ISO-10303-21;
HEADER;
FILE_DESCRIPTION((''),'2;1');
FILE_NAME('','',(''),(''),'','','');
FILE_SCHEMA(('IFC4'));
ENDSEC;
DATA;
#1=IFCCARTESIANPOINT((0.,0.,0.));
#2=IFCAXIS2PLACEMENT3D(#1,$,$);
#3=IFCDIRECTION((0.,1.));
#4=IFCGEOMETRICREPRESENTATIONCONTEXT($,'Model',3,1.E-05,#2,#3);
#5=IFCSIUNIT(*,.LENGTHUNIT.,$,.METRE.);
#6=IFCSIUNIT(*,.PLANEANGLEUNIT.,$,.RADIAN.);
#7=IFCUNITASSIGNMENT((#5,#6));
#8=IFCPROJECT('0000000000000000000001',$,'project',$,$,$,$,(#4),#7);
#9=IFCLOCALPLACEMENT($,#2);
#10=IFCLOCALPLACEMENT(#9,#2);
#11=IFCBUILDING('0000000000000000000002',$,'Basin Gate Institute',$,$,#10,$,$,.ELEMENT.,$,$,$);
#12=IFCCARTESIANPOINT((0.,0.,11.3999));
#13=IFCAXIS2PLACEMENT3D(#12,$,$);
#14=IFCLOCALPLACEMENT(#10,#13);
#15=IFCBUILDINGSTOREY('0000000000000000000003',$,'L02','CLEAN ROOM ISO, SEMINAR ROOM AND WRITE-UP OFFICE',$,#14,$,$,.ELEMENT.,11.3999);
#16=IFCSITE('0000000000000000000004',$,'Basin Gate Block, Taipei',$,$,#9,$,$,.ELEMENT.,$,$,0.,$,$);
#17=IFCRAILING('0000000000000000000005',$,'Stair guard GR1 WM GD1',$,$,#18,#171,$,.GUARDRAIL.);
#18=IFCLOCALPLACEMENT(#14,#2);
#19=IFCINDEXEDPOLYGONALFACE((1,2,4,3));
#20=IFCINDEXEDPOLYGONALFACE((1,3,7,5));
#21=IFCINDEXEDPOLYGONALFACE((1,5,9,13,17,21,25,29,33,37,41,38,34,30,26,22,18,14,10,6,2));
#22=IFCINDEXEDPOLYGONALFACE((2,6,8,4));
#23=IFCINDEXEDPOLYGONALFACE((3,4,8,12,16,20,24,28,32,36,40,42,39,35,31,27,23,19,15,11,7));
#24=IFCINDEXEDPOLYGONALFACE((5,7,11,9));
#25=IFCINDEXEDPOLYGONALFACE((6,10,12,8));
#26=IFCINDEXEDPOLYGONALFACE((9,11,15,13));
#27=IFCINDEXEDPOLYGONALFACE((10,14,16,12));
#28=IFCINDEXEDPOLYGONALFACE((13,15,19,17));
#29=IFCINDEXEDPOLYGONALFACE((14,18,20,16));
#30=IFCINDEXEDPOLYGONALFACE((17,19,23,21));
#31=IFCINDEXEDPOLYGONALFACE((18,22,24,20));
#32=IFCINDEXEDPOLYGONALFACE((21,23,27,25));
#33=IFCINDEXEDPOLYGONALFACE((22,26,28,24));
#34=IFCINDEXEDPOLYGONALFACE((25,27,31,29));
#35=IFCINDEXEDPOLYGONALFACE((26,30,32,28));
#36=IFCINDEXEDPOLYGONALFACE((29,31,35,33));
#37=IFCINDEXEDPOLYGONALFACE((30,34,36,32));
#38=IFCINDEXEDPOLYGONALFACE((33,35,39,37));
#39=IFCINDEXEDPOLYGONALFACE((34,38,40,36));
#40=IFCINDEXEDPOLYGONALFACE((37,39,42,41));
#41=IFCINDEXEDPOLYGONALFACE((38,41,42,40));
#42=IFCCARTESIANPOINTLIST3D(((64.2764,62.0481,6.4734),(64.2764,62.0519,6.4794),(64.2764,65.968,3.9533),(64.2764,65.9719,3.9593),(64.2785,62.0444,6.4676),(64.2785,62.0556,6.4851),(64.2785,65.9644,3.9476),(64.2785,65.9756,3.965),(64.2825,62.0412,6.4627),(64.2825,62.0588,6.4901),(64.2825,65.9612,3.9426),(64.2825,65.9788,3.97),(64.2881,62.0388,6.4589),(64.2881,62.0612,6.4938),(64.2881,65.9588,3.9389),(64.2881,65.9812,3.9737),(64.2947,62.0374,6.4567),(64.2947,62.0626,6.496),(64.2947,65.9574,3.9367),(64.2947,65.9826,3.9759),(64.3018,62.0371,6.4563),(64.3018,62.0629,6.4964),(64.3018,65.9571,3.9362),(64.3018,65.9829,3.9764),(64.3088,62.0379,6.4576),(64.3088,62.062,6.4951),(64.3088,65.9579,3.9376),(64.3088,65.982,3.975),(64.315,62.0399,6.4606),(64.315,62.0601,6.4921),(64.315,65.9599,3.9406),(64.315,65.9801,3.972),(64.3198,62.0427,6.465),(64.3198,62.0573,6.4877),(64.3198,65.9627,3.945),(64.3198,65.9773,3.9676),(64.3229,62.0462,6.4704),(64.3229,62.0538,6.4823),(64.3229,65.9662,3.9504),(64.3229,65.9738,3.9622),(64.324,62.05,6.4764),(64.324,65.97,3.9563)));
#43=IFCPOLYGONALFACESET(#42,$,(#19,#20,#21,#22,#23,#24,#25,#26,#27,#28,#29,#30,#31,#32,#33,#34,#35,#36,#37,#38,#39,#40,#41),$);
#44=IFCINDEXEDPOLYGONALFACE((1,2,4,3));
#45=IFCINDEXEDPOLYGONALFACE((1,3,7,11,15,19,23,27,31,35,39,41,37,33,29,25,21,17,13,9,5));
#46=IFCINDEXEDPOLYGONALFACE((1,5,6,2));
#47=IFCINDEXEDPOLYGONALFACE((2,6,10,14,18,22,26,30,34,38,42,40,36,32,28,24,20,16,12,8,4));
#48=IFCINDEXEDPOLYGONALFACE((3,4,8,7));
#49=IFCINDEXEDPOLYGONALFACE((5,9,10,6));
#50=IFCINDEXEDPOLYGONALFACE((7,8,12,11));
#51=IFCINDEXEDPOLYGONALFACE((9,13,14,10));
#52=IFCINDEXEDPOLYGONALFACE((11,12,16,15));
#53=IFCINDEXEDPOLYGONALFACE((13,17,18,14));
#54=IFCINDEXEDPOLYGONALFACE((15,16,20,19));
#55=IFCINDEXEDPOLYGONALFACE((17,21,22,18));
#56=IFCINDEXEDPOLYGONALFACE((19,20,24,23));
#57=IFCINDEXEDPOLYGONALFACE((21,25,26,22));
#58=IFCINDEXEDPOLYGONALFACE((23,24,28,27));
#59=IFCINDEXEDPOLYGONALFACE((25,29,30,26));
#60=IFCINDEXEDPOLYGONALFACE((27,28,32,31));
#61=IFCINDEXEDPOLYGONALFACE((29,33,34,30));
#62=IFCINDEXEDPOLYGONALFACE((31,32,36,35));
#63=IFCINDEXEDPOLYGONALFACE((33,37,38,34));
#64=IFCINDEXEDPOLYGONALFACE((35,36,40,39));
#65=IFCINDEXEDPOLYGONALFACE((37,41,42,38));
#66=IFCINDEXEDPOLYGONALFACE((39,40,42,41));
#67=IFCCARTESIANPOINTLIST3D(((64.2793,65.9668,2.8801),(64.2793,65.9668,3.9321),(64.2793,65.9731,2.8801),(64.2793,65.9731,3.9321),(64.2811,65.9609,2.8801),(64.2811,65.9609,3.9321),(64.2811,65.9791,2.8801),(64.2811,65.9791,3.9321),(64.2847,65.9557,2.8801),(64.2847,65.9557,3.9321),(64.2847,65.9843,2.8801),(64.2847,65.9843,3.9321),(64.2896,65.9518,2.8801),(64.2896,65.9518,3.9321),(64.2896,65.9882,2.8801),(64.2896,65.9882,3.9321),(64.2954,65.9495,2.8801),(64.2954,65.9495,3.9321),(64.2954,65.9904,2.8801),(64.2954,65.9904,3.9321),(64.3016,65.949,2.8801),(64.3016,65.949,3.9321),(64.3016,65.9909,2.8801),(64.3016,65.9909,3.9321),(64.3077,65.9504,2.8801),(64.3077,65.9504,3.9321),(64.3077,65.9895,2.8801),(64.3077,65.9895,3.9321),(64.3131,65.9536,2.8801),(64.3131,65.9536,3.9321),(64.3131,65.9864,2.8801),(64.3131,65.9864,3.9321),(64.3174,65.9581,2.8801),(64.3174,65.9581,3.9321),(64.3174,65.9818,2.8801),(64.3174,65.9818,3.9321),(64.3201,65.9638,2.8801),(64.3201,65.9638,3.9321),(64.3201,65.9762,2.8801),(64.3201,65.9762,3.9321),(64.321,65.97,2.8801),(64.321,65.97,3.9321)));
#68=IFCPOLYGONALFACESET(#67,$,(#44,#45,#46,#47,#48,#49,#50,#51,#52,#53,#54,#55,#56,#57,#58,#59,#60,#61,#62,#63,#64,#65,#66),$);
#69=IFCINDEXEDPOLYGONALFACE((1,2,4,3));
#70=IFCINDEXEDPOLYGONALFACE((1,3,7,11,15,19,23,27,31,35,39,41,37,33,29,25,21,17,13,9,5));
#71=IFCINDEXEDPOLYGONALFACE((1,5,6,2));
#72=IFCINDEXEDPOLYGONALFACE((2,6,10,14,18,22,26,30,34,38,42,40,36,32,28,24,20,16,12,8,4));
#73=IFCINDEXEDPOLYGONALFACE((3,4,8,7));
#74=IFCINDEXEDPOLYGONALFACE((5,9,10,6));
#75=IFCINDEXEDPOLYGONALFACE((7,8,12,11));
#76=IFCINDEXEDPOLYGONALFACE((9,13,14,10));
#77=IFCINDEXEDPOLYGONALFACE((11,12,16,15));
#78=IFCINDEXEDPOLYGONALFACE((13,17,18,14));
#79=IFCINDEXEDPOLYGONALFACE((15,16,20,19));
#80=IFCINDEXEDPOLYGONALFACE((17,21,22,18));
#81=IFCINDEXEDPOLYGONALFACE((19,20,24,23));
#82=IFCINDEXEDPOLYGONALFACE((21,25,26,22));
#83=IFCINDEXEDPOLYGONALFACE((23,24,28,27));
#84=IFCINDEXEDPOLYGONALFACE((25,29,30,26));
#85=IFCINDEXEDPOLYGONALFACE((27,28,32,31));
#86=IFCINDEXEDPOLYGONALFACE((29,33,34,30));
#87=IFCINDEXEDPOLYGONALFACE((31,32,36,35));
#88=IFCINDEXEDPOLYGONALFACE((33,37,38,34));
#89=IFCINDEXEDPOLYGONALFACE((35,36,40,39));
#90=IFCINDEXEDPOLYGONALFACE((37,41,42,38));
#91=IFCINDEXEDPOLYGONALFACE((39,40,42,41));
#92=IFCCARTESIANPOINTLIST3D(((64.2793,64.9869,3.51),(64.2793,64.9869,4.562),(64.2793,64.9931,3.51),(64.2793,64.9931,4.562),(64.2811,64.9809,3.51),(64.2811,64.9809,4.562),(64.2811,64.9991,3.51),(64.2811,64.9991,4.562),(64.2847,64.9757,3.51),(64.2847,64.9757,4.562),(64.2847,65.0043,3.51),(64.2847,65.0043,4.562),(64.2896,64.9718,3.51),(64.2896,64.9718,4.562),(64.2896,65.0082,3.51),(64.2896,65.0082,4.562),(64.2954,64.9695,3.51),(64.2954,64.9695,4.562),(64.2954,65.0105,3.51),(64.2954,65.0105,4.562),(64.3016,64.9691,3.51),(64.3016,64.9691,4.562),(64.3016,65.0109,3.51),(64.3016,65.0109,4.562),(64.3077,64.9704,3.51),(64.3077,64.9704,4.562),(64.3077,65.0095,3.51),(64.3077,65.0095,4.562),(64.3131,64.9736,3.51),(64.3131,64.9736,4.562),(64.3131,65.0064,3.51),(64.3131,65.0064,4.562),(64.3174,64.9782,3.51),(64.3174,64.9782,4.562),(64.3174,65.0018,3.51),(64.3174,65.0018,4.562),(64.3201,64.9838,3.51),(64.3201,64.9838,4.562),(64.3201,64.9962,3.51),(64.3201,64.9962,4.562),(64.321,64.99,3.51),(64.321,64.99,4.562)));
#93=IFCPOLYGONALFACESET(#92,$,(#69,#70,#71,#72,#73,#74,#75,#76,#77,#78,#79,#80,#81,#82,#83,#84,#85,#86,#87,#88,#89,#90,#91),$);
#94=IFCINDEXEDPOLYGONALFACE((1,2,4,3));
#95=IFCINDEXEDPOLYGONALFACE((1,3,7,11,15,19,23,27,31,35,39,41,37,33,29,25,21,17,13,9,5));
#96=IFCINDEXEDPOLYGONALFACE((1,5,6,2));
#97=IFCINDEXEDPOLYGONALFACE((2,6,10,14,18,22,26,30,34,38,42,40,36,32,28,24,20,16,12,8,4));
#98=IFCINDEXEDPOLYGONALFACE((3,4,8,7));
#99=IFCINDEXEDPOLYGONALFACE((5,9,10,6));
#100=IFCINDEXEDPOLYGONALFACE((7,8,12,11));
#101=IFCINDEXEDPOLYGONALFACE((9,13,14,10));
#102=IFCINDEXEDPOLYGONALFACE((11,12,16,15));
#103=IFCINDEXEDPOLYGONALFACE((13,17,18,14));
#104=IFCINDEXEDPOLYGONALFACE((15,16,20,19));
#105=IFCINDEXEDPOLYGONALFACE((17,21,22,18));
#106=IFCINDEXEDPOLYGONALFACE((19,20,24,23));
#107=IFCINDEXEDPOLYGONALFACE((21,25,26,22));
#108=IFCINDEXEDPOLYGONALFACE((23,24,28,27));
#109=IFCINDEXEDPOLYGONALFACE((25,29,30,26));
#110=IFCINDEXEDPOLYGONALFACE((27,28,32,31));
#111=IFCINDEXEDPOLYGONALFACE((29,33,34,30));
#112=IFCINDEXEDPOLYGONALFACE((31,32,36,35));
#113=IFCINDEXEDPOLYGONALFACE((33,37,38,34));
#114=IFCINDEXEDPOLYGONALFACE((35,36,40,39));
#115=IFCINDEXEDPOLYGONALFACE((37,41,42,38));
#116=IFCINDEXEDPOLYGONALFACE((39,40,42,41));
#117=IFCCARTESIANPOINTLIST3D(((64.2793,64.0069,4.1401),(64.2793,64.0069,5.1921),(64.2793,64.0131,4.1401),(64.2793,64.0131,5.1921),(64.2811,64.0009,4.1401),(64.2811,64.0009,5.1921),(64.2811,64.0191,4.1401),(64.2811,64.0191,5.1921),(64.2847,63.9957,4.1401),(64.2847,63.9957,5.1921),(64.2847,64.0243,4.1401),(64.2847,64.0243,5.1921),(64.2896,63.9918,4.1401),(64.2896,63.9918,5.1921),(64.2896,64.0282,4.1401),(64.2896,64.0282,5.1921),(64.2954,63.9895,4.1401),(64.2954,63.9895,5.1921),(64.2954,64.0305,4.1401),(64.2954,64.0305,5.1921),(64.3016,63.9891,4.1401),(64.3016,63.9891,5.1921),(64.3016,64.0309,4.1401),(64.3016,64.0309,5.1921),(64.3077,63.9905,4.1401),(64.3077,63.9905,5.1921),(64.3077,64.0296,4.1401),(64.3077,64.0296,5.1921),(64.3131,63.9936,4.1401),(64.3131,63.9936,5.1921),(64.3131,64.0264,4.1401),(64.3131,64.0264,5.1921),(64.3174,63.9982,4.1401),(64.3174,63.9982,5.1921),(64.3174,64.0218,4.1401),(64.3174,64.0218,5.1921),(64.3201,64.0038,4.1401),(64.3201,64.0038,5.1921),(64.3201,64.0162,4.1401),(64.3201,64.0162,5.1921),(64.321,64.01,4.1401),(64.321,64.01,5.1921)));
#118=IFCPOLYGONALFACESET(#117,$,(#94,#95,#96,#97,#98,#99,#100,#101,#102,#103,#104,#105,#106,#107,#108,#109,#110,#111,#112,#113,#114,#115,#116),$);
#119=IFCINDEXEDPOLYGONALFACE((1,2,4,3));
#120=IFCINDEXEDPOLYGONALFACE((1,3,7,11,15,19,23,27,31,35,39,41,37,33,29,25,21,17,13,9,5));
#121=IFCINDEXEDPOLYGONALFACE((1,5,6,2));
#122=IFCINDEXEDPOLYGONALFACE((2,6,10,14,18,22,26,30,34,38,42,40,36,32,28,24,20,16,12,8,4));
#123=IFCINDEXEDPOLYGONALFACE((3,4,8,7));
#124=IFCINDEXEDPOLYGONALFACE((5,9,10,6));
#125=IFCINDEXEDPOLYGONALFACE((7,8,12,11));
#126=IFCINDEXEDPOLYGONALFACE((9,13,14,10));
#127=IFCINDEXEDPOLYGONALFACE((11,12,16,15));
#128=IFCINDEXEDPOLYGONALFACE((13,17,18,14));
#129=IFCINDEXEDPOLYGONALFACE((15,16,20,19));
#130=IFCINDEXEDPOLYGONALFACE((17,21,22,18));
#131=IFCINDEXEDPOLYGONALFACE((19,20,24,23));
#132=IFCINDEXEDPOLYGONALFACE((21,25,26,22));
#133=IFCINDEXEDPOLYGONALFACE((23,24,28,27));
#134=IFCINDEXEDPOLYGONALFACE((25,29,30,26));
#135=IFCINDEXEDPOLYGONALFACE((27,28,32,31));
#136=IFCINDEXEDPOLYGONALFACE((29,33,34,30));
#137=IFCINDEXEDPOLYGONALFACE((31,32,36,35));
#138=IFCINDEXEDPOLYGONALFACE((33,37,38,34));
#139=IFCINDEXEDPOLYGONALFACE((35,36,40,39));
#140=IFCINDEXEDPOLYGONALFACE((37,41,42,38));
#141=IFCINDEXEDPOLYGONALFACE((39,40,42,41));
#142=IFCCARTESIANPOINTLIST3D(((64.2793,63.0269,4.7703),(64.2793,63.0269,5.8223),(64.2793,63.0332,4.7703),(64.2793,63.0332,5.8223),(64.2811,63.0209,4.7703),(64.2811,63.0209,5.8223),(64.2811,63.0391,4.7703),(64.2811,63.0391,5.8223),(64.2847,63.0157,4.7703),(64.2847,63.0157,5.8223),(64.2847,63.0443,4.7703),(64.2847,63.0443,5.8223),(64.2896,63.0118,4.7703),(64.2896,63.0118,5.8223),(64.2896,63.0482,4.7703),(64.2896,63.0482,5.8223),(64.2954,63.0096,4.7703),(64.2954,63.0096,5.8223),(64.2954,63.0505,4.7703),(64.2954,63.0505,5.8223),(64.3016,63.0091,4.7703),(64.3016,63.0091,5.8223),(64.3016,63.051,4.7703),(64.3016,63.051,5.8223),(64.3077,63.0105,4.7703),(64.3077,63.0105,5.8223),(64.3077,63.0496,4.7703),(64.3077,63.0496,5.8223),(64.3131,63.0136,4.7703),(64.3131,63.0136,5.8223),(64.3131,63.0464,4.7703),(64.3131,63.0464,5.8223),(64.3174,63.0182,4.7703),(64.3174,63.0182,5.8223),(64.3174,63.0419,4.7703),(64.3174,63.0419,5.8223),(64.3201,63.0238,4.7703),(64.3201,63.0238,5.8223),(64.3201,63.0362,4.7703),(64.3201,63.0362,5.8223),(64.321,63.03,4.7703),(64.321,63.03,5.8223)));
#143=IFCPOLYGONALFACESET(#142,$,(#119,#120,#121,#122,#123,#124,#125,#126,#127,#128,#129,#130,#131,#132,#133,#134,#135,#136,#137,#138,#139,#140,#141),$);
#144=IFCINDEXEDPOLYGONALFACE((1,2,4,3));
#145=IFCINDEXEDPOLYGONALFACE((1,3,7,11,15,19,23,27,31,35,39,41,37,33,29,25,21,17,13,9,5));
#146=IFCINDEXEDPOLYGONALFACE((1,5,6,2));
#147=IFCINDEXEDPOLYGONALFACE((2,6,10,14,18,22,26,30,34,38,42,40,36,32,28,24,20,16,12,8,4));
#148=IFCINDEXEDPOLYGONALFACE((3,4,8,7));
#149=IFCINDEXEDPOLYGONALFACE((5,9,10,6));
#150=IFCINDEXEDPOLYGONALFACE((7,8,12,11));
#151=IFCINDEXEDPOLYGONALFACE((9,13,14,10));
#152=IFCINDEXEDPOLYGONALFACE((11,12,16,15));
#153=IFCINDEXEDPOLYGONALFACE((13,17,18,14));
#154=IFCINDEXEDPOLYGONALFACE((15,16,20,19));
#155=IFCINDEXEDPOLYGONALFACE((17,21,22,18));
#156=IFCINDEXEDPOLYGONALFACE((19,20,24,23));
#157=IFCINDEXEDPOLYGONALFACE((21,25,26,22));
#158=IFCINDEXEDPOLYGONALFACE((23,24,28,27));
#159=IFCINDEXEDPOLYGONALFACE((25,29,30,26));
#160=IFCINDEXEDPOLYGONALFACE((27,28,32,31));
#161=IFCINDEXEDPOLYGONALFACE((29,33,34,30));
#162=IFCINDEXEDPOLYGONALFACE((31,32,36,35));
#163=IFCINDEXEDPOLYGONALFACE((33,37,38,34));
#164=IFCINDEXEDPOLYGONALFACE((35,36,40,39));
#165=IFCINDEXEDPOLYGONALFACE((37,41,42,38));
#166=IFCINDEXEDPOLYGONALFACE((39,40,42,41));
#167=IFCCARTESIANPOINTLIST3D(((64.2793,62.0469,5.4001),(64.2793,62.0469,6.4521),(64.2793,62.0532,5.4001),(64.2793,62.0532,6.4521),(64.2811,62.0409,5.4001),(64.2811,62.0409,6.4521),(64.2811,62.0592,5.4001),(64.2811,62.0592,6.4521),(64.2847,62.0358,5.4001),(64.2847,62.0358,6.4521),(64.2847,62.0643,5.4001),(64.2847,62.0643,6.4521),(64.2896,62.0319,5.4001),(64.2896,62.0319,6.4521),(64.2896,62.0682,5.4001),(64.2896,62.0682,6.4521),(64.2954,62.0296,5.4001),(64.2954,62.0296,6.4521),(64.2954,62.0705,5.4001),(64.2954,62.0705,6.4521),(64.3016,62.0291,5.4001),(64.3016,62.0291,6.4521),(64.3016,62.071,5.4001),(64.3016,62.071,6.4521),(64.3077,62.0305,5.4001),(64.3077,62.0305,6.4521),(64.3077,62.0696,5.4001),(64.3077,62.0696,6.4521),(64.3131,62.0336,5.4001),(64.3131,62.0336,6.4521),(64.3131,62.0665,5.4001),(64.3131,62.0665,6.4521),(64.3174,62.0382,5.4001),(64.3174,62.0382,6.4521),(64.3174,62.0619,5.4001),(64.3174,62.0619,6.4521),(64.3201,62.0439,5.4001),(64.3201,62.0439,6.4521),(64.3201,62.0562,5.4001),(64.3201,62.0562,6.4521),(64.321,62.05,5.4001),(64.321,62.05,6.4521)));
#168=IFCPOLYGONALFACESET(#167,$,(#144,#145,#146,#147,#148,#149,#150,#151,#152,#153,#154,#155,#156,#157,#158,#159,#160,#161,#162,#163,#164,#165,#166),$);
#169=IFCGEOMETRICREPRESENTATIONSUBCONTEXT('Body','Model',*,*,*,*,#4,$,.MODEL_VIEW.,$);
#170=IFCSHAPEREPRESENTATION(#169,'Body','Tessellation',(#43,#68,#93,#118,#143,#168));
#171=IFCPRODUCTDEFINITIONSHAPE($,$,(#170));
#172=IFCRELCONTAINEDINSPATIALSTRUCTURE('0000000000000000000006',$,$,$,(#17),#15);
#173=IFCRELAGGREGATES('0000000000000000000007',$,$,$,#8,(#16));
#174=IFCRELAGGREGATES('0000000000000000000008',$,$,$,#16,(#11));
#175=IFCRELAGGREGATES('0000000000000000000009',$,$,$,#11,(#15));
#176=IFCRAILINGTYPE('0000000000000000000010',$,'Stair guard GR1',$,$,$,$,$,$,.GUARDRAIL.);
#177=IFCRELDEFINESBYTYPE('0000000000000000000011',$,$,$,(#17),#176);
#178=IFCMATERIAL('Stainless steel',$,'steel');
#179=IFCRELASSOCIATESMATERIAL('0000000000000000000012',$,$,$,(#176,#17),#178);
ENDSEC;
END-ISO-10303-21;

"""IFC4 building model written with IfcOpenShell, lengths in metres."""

from ifc_helpers import new_model, si_unit, direction, frame, origin, origin_2d, place, context, subcontext, project, spatial, circle, extrude, material, type_object, element, save


model = new_model("IFC4")

# Units and contexts
model_context = context("Model", 3, precision=1e-05, world=origin(), true_north=direction((0.0, 1.0)))
body_context = subcontext(model_context, "Body", "Model", "MODEL_VIEW")
ifc_project = project(units=[si_unit("LENGTHUNIT", "METRE"), si_unit("PLANEANGLEUNIT", "RADIAN")], contexts=[model_context])

# Site, building, storey
site_placement = place(None, origin())
site = spatial("IfcSite", under=ifc_project, at=site_placement, Name="Basin Gate Block, Taipei", CompositionType="ELEMENT", RefElevation=0.0)
building_placement = place(site_placement, origin())
building = spatial("IfcBuilding", under=site, at=building_placement, Name="Basin Gate Institute", CompositionType="ELEMENT")
storey_placement = place(building_placement, frame((0.0, 0.0, 11.3999)))
storey = spatial("IfcBuildingStorey", under=building, at=storey_placement, Name="L02", Description="CLEAN ROOM ISO, SEMINAR ROOM AND WRITE-UP OFFICE", CompositionType="ELEMENT", Elevation=11.3999)

# Railing
ifc_material_1 = material(Name="Stainless steel", Category="steel")
railing_type_1 = type_object("IfcRailingType", Name="Stair guard GR1", PredefinedType="GUARDRAIL", material=ifc_material_1)
railing_1_placement = place(storey_placement, frame((64.3, 65.97, 2.8801)))
element("IfcRailing", 1, at=railing_1_placement, inside=storey, type_object=railing_type_1, material=ifc_material_1, Name="Stair guard GR1 WM GD1", PredefinedType="GUARDRAIL", context=body_context, shape_type="SweptSolid", body=[
    extrude(circle(Radius=0.0239, at=origin_2d()), frame((0.0, 0.0, 1.0762), z_axis=(0.0, -0.841172, 0.540768), x_axis=(1.0, 0.0, 0.0)), (0.0, 0.0, 1.0), 4.6602),
    extrude(circle(Radius=0.021, at=origin_2d()), origin(), (0.0, 0.0, 1.0), 1.052),
    extrude(circle(Radius=0.021, at=origin_2d()), frame((0.0, -0.98, 0.6299)), (0.0, 0.0, 1.0), 1.052),
    extrude(circle(Radius=0.021, at=origin_2d()), frame((0.0, -1.96, 1.26)), (0.0, 0.0, 1.0), 1.052),
    extrude(circle(Radius=0.021, at=origin_2d()), frame((0.0, -2.9399, 1.8901)), (0.0, 0.0, 1.0), 1.052),
    extrude(circle(Radius=0.021, at=origin_2d()), frame((0.0, -3.9199, 2.52)), (0.0, 0.0, 1.0), 1.052),
])

save(model, "model.ifc")
